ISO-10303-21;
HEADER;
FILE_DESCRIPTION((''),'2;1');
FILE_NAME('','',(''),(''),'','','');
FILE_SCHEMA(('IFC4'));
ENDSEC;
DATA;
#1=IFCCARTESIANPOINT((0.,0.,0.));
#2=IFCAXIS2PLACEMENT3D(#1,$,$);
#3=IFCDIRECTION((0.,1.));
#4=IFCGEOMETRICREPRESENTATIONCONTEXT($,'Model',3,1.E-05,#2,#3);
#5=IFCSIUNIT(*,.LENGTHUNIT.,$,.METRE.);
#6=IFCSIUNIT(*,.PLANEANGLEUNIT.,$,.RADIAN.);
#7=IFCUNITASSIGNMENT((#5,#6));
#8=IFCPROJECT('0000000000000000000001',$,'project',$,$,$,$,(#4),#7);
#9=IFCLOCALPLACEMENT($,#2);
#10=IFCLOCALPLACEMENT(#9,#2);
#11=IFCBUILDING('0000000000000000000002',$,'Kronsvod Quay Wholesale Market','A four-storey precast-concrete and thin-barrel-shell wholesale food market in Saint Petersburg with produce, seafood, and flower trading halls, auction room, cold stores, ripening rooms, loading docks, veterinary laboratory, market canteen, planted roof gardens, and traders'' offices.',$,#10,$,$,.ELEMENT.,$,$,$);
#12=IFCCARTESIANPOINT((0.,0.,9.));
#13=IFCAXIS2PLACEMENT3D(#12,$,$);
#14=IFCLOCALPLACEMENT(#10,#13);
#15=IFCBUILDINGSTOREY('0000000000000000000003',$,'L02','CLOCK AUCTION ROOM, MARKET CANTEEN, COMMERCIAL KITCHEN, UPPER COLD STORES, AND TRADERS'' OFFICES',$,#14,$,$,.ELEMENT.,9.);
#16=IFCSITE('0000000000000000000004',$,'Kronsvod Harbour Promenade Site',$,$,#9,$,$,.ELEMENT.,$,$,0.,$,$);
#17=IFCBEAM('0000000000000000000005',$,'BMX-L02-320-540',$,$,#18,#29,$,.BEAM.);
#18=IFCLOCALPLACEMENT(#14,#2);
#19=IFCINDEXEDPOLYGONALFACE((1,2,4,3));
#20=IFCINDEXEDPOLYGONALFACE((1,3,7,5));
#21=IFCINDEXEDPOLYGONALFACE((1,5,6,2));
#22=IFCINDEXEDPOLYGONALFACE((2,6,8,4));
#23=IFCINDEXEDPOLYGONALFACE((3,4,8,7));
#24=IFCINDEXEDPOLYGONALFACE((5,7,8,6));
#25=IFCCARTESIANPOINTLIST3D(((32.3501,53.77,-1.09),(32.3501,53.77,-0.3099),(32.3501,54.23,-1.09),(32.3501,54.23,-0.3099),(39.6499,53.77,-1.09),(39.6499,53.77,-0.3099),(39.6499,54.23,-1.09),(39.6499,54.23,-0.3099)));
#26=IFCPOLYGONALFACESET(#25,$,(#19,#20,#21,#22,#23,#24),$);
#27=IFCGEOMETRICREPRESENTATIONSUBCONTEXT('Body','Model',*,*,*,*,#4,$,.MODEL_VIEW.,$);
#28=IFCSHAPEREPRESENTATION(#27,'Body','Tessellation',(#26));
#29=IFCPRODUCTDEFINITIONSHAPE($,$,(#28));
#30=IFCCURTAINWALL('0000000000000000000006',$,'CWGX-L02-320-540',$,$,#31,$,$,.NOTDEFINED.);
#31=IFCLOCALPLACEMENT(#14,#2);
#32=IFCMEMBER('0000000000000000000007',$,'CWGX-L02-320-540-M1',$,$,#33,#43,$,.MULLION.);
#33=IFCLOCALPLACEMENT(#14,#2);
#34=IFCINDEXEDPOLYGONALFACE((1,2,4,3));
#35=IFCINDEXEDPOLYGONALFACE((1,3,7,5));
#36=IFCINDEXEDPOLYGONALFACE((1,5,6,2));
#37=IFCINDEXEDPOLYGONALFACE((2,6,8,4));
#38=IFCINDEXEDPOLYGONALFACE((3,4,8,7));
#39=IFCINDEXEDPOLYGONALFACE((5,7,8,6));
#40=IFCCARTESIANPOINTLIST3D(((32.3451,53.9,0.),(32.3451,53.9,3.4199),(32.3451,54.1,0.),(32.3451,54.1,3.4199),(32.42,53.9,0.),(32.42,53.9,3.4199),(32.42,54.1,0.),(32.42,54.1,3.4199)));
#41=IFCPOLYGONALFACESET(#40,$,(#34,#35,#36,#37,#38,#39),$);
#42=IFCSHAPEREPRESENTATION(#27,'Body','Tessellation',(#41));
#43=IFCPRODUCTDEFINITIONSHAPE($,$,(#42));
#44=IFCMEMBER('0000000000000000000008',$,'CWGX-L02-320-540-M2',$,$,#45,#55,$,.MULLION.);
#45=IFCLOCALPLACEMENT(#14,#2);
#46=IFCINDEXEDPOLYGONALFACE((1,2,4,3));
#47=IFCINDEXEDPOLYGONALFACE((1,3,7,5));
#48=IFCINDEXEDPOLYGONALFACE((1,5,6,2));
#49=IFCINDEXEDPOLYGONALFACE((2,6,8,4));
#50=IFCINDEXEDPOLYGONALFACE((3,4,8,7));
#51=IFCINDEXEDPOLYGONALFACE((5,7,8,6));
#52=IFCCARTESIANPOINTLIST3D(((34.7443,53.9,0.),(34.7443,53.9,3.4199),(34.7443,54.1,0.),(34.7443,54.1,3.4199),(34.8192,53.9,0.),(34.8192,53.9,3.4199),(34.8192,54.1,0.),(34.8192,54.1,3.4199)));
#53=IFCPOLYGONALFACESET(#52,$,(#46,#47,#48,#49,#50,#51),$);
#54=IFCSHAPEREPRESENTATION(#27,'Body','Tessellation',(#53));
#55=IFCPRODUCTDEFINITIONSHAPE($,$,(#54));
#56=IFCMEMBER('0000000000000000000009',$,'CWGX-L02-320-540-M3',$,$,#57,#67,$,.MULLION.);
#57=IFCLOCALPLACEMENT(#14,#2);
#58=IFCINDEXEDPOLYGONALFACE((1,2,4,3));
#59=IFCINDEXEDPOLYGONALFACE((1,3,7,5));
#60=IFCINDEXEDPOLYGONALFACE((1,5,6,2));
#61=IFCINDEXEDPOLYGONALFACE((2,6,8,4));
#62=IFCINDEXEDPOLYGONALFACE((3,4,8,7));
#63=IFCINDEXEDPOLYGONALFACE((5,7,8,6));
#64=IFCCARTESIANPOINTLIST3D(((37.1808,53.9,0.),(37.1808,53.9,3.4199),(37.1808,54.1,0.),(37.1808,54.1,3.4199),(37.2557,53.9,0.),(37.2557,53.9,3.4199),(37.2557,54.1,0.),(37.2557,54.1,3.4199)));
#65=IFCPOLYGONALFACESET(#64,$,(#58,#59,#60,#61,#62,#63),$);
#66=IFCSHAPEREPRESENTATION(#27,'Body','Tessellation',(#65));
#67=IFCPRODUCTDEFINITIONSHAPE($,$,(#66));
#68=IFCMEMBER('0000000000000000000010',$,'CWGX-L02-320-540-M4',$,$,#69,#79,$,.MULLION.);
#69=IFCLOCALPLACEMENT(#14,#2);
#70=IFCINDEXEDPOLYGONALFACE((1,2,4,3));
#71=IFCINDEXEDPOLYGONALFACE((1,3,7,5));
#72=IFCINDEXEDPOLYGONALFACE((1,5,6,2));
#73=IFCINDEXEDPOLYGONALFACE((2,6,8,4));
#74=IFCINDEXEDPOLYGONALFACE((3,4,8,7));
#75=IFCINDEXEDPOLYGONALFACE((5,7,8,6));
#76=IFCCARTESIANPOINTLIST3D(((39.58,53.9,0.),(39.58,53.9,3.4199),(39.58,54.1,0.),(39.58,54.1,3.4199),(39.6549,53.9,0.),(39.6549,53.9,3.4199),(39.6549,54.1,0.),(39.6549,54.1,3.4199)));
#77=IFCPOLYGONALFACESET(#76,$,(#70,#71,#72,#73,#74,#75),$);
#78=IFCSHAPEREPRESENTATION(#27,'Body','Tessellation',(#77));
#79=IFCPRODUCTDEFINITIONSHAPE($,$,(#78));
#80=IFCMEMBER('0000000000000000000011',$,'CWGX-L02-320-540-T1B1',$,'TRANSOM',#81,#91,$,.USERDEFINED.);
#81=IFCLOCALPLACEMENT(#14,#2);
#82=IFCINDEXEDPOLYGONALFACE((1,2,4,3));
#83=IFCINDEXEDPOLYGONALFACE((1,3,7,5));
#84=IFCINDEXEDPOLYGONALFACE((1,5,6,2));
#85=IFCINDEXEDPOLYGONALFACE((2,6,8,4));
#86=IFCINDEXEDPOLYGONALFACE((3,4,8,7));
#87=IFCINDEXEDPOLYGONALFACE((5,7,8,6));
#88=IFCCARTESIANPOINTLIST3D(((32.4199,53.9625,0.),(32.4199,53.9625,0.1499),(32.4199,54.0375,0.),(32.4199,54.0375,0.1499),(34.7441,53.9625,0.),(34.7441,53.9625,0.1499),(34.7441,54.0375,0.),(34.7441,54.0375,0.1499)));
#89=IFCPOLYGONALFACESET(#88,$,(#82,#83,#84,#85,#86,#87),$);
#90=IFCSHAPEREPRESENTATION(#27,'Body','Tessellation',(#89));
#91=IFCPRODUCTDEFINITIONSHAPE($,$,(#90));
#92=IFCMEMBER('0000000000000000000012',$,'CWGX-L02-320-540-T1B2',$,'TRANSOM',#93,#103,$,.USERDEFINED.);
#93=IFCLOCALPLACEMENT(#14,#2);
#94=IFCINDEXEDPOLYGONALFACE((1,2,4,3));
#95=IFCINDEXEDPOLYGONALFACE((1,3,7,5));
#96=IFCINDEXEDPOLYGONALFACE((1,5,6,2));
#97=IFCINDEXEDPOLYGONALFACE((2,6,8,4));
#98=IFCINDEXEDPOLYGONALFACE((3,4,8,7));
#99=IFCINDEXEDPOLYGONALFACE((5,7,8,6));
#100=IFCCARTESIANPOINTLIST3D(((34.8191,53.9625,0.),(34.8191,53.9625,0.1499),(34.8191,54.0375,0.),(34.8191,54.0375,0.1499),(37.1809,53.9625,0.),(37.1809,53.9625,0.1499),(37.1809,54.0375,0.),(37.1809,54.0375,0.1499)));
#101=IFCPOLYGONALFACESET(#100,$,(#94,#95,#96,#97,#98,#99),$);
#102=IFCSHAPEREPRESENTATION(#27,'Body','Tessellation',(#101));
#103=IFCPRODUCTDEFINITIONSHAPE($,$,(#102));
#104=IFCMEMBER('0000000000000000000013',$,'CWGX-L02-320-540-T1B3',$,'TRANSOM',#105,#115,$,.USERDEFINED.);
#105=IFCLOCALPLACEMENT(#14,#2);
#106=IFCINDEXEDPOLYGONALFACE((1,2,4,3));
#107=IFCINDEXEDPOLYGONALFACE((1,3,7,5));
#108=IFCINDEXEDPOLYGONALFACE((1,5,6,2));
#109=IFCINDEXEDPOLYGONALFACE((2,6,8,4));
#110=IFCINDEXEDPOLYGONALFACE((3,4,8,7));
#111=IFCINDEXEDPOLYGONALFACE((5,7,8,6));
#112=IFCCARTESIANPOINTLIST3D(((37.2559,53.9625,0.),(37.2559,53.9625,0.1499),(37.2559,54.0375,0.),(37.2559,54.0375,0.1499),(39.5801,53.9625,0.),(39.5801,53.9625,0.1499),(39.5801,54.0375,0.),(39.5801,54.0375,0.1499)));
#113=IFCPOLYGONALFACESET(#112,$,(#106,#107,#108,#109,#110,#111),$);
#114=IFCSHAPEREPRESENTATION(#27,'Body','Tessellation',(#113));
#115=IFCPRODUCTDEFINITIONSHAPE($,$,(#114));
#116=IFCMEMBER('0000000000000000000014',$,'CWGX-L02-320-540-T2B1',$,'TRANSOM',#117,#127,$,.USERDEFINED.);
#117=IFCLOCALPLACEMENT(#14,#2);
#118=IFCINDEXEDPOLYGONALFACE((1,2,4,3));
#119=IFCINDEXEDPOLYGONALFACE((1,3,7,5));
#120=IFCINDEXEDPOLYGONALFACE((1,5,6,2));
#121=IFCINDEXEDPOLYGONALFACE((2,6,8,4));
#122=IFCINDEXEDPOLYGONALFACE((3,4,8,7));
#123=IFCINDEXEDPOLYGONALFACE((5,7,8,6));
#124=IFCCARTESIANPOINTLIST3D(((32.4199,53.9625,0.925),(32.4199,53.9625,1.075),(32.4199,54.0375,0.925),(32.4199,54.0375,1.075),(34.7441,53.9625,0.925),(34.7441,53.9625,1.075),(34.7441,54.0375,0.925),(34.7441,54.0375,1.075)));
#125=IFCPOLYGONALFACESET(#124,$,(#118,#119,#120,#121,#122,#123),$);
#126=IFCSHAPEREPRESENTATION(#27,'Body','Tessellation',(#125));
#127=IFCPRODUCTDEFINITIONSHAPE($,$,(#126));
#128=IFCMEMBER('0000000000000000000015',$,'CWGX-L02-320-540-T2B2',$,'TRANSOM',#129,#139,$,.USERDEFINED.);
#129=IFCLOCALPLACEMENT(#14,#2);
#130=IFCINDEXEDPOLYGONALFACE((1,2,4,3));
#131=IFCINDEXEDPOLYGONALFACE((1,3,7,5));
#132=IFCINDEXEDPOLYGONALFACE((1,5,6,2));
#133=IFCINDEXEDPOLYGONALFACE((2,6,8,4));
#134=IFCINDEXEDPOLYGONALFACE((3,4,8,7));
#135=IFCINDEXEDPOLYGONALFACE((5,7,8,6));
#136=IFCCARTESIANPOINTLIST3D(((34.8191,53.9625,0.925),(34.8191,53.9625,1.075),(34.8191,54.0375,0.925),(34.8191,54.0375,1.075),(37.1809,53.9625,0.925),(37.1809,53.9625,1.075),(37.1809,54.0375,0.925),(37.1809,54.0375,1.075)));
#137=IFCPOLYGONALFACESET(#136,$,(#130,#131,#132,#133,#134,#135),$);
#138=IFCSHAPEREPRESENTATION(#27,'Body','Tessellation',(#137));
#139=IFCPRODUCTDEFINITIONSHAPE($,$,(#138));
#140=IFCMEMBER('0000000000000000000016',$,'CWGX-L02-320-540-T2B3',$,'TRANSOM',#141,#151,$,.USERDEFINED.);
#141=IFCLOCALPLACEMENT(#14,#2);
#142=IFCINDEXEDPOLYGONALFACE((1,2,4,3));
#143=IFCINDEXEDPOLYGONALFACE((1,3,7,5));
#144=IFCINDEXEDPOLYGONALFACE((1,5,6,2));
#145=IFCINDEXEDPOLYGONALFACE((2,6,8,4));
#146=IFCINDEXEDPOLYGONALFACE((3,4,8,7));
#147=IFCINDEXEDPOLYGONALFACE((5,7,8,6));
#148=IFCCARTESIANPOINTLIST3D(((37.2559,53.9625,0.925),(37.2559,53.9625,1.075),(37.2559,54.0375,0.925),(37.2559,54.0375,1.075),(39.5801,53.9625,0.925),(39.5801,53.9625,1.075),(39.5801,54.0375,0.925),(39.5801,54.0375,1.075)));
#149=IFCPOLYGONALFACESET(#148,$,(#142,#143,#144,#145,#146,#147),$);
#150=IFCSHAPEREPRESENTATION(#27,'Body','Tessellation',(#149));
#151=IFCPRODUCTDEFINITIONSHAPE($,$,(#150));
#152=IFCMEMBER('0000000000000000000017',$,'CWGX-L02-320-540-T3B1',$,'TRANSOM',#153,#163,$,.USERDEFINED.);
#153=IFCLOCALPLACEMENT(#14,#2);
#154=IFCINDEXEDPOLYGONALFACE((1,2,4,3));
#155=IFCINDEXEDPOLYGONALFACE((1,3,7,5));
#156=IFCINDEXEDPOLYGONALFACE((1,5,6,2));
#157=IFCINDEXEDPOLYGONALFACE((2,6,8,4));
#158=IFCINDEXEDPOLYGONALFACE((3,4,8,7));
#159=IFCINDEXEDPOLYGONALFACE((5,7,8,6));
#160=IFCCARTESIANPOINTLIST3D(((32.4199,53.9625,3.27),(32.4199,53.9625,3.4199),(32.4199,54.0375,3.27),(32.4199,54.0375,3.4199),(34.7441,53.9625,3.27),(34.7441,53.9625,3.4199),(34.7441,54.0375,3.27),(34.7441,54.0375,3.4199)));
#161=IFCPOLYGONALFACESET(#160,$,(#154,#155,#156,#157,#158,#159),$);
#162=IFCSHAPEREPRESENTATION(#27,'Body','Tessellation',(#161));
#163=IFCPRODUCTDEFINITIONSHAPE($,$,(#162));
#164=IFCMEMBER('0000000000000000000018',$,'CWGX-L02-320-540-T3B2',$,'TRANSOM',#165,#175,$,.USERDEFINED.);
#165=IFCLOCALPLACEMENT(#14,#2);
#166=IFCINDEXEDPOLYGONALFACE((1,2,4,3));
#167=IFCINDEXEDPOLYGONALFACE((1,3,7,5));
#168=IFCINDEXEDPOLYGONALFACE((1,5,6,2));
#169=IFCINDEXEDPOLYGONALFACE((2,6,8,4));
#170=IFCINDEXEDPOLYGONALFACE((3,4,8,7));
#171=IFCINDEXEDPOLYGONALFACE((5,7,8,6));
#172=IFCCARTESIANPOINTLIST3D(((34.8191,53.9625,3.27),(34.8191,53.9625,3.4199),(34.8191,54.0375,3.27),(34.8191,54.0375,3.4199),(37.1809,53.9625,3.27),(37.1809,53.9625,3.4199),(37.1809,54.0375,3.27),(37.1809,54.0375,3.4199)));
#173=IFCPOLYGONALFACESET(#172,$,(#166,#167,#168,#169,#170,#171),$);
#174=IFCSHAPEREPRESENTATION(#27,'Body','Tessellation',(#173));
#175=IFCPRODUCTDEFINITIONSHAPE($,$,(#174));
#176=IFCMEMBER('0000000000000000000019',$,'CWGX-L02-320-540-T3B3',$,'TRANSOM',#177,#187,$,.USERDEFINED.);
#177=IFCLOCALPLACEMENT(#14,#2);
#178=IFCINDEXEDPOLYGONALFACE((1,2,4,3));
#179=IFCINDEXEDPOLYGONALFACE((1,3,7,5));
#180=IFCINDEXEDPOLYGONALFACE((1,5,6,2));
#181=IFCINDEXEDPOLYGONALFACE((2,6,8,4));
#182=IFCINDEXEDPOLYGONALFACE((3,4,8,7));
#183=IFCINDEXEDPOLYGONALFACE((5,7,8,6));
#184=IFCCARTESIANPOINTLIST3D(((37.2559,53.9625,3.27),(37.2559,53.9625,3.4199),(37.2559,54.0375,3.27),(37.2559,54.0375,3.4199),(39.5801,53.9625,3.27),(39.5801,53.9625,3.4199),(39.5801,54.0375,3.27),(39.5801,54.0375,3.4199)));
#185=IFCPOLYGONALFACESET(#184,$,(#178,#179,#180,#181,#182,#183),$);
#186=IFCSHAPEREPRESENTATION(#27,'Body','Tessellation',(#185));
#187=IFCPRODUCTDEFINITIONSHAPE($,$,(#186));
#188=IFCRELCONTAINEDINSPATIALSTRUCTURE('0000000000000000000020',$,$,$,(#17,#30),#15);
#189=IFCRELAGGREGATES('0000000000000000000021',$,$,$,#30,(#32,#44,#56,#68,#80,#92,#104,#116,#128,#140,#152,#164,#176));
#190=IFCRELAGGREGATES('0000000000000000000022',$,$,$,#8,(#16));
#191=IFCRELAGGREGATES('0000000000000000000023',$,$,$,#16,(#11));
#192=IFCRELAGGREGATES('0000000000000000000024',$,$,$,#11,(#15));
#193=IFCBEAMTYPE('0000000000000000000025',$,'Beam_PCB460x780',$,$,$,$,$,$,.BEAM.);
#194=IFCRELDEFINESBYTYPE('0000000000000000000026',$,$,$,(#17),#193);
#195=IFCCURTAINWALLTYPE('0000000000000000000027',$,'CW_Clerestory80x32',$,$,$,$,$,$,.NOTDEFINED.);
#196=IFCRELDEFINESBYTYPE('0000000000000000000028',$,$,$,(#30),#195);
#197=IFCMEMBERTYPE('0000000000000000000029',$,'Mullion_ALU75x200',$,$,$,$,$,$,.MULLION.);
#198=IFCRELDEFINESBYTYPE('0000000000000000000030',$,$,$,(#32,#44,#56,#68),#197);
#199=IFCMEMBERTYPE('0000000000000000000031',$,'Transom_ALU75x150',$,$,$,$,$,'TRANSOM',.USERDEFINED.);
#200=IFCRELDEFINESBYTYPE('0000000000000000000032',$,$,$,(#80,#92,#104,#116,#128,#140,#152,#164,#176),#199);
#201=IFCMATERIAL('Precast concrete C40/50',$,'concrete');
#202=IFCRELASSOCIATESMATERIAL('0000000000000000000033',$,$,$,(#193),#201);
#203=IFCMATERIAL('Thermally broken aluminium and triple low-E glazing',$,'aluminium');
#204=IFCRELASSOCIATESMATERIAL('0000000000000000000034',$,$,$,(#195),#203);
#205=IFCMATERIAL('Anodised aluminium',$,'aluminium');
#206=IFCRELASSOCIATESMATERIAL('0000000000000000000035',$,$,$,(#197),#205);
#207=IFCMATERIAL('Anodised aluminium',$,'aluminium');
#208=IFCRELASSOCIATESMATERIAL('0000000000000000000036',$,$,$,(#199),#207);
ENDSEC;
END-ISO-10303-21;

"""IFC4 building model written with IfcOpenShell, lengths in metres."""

from ifc_helpers import new_model, si_unit, direction, frame, origin, origin_2d, place, context, subcontext, project, spatial, rectangle, extrude, material, material_profile, profile_set, type_object, element, aggregate, save


model = new_model("IFC4")

# Units and contexts
model_context = context("Model", 3, precision=1e-05, world=origin(), true_north=direction((0.0, 1.0)))
body_context = subcontext(model_context, "Body", "Model", "MODEL_VIEW")
ifc_project = project(units=[si_unit("LENGTHUNIT", "METRE"), si_unit("PLANEANGLEUNIT", "RADIAN")], contexts=[model_context])

# Site, building, storey
site_placement = place(None, origin())
site = spatial("IfcSite", under=ifc_project, at=site_placement, Name="Kronsvod Harbour Promenade Site", CompositionType="ELEMENT", RefElevation=0.0)
building_placement = place(site_placement, origin())
building = spatial("IfcBuilding", under=site, at=building_placement, Name="Kronsvod Quay Wholesale Market", Description="A four-storey precast-concrete and thin-barrel-shell wholesale food market in Saint Petersburg with produce, seafood, and flower trading halls, auction room, cold stores, ripening rooms, loading docks, veterinary laboratory, market canteen, planted roof gardens, and traders' offices.", CompositionType="ELEMENT")
storey_placement = place(building_placement, frame((0.0, 0.0, 9.0)))
storey = spatial("IfcBuildingStorey", under=building, at=storey_placement, Name="L02", Description="CLOCK AUCTION ROOM, MARKET CANTEEN, COMMERCIAL KITCHEN, UPPER COLD STORES, AND TRADERS' OFFICES", CompositionType="ELEMENT", Elevation=9.0)

# Beam
ifc_material_1 = material(Name="Precast concrete C40/50", Category="concrete")
ifc_material_profile_1 = material_profile(ifc_material_1, rectangle(XDim=0.46, YDim=0.78, at=origin_2d()), Name="PB-03")
ifc_profile_set_1 = profile_set([ifc_material_profile_1], Name="Precast concrete C40/50")
beam_type = type_object("IfcBeamType", Name="Beam_PCB460x780", PredefinedType="BEAM", material=ifc_profile_set_1)
beam_placement = place(storey_placement, frame((32.3501, 54.0, -0.7), z_axis=(1.0, 0.0, 0.0), x_axis=(0.0, 1.0, 0.0)))
element("IfcBeam", 1, at=beam_placement, inside=storey, type_object=beam_type, Name="BMX-L02-320-540", PredefinedType="BEAM", context=body_context, shape_type="SweptSolid", body=[
    extrude(rectangle(XDim=0.46, YDim=0.78, at=origin_2d()), origin(), (0.0, 0.0, 1.0), 7.2998),
])

# Curtain wall, members
ifc_material_2 = material(Name="Thermally broken aluminium and triple low-E glazing", Category="aluminium")
curtain_wall_type = type_object("IfcCurtainWallType", Name="CW_Clerestory80x32", PredefinedType="NOTDEFINED", material=ifc_material_2)
curtain_wall_placement = place(storey_placement, origin())
curtain_wall = element("IfcCurtainWall", 2, at=curtain_wall_placement, inside=storey, type_object=curtain_wall_type, Name="CWGX-L02-320-540", PredefinedType="NOTDEFINED")
ifc_material_3 = material(Name="Anodised aluminium", Category="aluminium")
ifc_material_profile_2 = material_profile(ifc_material_3, rectangle(XDim=0.075, YDim=0.2, at=origin_2d()), Name="ALUM75x200")
ifc_profile_set_2 = profile_set([ifc_material_profile_2], Name="Anodised aluminium")
member_type_1 = type_object("IfcMemberType", Name="Mullion_ALU75x200", PredefinedType="MULLION", material=ifc_profile_set_2)
member_1_placement = place(storey_placement, frame((32.3826, 54.0, 0.0), z_axis=(0.0, 0.0, 1.0), x_axis=(1.0, 0.0, 0.0)))
member_1 = element("IfcMember", 3, at=member_1_placement, type_object=member_type_1, Name="CWGX-L02-320-540-M1", PredefinedType="MULLION", context=body_context, shape_type="SweptSolid", body=[
    extrude(rectangle(XDim=0.075, YDim=0.2, at=origin_2d()), origin(), (0.0, 0.0, 1.0), 3.4199),
])
member_2_placement = place(storey_placement, frame((34.7817, 54.0, 0.0), z_axis=(0.0, 0.0, 1.0), x_axis=(1.0, 0.0, 0.0)))
member_2 = element("IfcMember", 4, at=member_2_placement, type_object=member_type_1, Name="CWGX-L02-320-540-M2", PredefinedType="MULLION", context=body_context, shape_type="SweptSolid", body=[
    extrude(rectangle(XDim=0.075, YDim=0.2, at=origin_2d()), origin(), (0.0, 0.0, 1.0), 3.4199),
])
member_3_placement = place(storey_placement, frame((37.2183, 54.0, 0.0), z_axis=(0.0, 0.0, 1.0), x_axis=(1.0, 0.0, 0.0)))
member_3 = element("IfcMember", 5, at=member_3_placement, type_object=member_type_1, Name="CWGX-L02-320-540-M3", PredefinedType="MULLION", context=body_context, shape_type="SweptSolid", body=[
    extrude(rectangle(XDim=0.075, YDim=0.2, at=origin_2d()), origin(), (0.0, 0.0, 1.0), 3.4199),
])
member_4_placement = place(storey_placement, frame((39.6174, 54.0, 0.0), z_axis=(0.0, 0.0, 1.0), x_axis=(1.0, 0.0, 0.0)))
member_4 = element("IfcMember", 6, at=member_4_placement, type_object=member_type_1, Name="CWGX-L02-320-540-M4", PredefinedType="MULLION", context=body_context, shape_type="SweptSolid", body=[
    extrude(rectangle(XDim=0.075, YDim=0.2, at=origin_2d()), origin(), (0.0, 0.0, 1.0), 3.4199),
])
ifc_material_4 = material(Name="Anodised aluminium", Category="aluminium")
ifc_material_profile_3 = material_profile(ifc_material_4, rectangle(XDim=0.075, YDim=0.1499, at=origin_2d()), Name="ALUT75x150")
ifc_profile_set_3 = profile_set([ifc_material_profile_3], Name="Anodised aluminium")
member_type_2 = type_object("IfcMemberType", Name="Transom_ALU75x150", ElementType="TRANSOM", PredefinedType="USERDEFINED", material=ifc_profile_set_3)
member_5_placement = place(storey_placement, frame((32.4199, 54.0, 0.075), z_axis=(1.0, 0.0, 0.0), x_axis=(0.0, 1.0, 0.0)))
member_5 = element("IfcMember", 7, at=member_5_placement, type_object=member_type_2, Name="CWGX-L02-320-540-T1B1", ObjectType="TRANSOM", PredefinedType="USERDEFINED", context=body_context, shape_type="SweptSolid", body=[
    extrude(rectangle(XDim=0.075, YDim=0.1499, at=origin_2d()), origin(), (0.0, 0.0, 1.0), 2.3242),
])
member_6_placement = place(storey_placement, frame((34.8191, 54.0, 0.075), z_axis=(1.0, 0.0, 0.0), x_axis=(0.0, 1.0, 0.0)))
member_6 = element("IfcMember", 8, at=member_6_placement, type_object=member_type_2, Name="CWGX-L02-320-540-T1B2", ObjectType="TRANSOM", PredefinedType="USERDEFINED", context=body_context, shape_type="SweptSolid", body=[
    extrude(rectangle(XDim=0.075, YDim=0.1499, at=origin_2d()), origin(), (0.0, 0.0, 1.0), 2.3618),
])
member_7_placement = place(storey_placement, frame((37.2559, 54.0, 0.075), z_axis=(1.0, 0.0, 0.0), x_axis=(0.0, 1.0, 0.0)))
member_7 = element("IfcMember", 9, at=member_7_placement, type_object=member_type_2, Name="CWGX-L02-320-540-T1B3", ObjectType="TRANSOM", PredefinedType="USERDEFINED", context=body_context, shape_type="SweptSolid", body=[
    extrude(rectangle(XDim=0.075, YDim=0.1499, at=origin_2d()), origin(), (0.0, 0.0, 1.0), 2.3242),
])
member_8_placement = place(storey_placement, frame((32.4199, 54.0, 1.0), z_axis=(1.0, 0.0, 0.0), x_axis=(0.0, 1.0, 0.0)))
member_8 = element("IfcMember", 10, at=member_8_placement, type_object=member_type_2, Name="CWGX-L02-320-540-T2B1", ObjectType="TRANSOM", PredefinedType="USERDEFINED", context=body_context, shape_type="SweptSolid", body=[
    extrude(rectangle(XDim=0.075, YDim=0.1499, at=origin_2d()), origin(), (0.0, 0.0, 1.0), 2.3242),
])
member_9_placement = place(storey_placement, frame((34.8191, 54.0, 1.0), z_axis=(1.0, 0.0, 0.0), x_axis=(0.0, 1.0, 0.0)))
member_9 = element("IfcMember", 11, at=member_9_placement, type_object=member_type_2, Name="CWGX-L02-320-540-T2B2", ObjectType="TRANSOM", PredefinedType="USERDEFINED", context=body_context, shape_type="SweptSolid", body=[
    extrude(rectangle(XDim=0.075, YDim=0.1499, at=origin_2d()), origin(), (0.0, 0.0, 1.0), 2.3618),
])
member_10_placement = place(storey_placement, frame((37.2559, 54.0, 1.0), z_axis=(1.0, 0.0, 0.0), x_axis=(0.0, 1.0, 0.0)))
member_10 = element("IfcMember", 12, at=member_10_placement, type_object=member_type_2, Name="CWGX-L02-320-540-T2B3", ObjectType="TRANSOM", PredefinedType="USERDEFINED", context=body_context, shape_type="SweptSolid", body=[
    extrude(rectangle(XDim=0.075, YDim=0.1499, at=origin_2d()), origin(), (0.0, 0.0, 1.0), 2.3242),
])
member_11_placement = place(storey_placement, frame((32.4199, 54.0, 3.345), z_axis=(1.0, 0.0, 0.0), x_axis=(0.0, 1.0, 0.0)))
member_11 = element("IfcMember", 13, at=member_11_placement, type_object=member_type_2, Name="CWGX-L02-320-540-T3B1", ObjectType="TRANSOM", PredefinedType="USERDEFINED", context=body_context, shape_type="SweptSolid", body=[
    extrude(rectangle(XDim=0.075, YDim=0.1499, at=origin_2d()), origin(), (0.0, 0.0, 1.0), 2.3242),
])
member_12_placement = place(storey_placement, frame((34.8191, 54.0, 3.345), z_axis=(1.0, 0.0, 0.0), x_axis=(0.0, 1.0, 0.0)))
member_12 = element("IfcMember", 14, at=member_12_placement, type_object=member_type_2, Name="CWGX-L02-320-540-T3B2", ObjectType="TRANSOM", PredefinedType="USERDEFINED", context=body_context, shape_type="SweptSolid", body=[
    extrude(rectangle(XDim=0.075, YDim=0.1499, at=origin_2d()), origin(), (0.0, 0.0, 1.0), 2.3618),
])
member_13_placement = place(storey_placement, frame((37.2559, 54.0, 3.345), z_axis=(1.0, 0.0, 0.0), x_axis=(0.0, 1.0, 0.0)))
member_13 = element("IfcMember", 15, at=member_13_placement, type_object=member_type_2, Name="CWGX-L02-320-540-T3B3", ObjectType="TRANSOM", PredefinedType="USERDEFINED", context=body_context, shape_type="SweptSolid", body=[
    extrude(rectangle(XDim=0.075, YDim=0.1499, at=origin_2d()), origin(), (0.0, 0.0, 1.0), 2.3242),
])
aggregate(curtain_wall, [member_1, member_2, member_3, member_4, member_5, member_6, member_7, member_8, member_9, member_10, member_11, member_12, member_13])

save(model, "model.ifc")
